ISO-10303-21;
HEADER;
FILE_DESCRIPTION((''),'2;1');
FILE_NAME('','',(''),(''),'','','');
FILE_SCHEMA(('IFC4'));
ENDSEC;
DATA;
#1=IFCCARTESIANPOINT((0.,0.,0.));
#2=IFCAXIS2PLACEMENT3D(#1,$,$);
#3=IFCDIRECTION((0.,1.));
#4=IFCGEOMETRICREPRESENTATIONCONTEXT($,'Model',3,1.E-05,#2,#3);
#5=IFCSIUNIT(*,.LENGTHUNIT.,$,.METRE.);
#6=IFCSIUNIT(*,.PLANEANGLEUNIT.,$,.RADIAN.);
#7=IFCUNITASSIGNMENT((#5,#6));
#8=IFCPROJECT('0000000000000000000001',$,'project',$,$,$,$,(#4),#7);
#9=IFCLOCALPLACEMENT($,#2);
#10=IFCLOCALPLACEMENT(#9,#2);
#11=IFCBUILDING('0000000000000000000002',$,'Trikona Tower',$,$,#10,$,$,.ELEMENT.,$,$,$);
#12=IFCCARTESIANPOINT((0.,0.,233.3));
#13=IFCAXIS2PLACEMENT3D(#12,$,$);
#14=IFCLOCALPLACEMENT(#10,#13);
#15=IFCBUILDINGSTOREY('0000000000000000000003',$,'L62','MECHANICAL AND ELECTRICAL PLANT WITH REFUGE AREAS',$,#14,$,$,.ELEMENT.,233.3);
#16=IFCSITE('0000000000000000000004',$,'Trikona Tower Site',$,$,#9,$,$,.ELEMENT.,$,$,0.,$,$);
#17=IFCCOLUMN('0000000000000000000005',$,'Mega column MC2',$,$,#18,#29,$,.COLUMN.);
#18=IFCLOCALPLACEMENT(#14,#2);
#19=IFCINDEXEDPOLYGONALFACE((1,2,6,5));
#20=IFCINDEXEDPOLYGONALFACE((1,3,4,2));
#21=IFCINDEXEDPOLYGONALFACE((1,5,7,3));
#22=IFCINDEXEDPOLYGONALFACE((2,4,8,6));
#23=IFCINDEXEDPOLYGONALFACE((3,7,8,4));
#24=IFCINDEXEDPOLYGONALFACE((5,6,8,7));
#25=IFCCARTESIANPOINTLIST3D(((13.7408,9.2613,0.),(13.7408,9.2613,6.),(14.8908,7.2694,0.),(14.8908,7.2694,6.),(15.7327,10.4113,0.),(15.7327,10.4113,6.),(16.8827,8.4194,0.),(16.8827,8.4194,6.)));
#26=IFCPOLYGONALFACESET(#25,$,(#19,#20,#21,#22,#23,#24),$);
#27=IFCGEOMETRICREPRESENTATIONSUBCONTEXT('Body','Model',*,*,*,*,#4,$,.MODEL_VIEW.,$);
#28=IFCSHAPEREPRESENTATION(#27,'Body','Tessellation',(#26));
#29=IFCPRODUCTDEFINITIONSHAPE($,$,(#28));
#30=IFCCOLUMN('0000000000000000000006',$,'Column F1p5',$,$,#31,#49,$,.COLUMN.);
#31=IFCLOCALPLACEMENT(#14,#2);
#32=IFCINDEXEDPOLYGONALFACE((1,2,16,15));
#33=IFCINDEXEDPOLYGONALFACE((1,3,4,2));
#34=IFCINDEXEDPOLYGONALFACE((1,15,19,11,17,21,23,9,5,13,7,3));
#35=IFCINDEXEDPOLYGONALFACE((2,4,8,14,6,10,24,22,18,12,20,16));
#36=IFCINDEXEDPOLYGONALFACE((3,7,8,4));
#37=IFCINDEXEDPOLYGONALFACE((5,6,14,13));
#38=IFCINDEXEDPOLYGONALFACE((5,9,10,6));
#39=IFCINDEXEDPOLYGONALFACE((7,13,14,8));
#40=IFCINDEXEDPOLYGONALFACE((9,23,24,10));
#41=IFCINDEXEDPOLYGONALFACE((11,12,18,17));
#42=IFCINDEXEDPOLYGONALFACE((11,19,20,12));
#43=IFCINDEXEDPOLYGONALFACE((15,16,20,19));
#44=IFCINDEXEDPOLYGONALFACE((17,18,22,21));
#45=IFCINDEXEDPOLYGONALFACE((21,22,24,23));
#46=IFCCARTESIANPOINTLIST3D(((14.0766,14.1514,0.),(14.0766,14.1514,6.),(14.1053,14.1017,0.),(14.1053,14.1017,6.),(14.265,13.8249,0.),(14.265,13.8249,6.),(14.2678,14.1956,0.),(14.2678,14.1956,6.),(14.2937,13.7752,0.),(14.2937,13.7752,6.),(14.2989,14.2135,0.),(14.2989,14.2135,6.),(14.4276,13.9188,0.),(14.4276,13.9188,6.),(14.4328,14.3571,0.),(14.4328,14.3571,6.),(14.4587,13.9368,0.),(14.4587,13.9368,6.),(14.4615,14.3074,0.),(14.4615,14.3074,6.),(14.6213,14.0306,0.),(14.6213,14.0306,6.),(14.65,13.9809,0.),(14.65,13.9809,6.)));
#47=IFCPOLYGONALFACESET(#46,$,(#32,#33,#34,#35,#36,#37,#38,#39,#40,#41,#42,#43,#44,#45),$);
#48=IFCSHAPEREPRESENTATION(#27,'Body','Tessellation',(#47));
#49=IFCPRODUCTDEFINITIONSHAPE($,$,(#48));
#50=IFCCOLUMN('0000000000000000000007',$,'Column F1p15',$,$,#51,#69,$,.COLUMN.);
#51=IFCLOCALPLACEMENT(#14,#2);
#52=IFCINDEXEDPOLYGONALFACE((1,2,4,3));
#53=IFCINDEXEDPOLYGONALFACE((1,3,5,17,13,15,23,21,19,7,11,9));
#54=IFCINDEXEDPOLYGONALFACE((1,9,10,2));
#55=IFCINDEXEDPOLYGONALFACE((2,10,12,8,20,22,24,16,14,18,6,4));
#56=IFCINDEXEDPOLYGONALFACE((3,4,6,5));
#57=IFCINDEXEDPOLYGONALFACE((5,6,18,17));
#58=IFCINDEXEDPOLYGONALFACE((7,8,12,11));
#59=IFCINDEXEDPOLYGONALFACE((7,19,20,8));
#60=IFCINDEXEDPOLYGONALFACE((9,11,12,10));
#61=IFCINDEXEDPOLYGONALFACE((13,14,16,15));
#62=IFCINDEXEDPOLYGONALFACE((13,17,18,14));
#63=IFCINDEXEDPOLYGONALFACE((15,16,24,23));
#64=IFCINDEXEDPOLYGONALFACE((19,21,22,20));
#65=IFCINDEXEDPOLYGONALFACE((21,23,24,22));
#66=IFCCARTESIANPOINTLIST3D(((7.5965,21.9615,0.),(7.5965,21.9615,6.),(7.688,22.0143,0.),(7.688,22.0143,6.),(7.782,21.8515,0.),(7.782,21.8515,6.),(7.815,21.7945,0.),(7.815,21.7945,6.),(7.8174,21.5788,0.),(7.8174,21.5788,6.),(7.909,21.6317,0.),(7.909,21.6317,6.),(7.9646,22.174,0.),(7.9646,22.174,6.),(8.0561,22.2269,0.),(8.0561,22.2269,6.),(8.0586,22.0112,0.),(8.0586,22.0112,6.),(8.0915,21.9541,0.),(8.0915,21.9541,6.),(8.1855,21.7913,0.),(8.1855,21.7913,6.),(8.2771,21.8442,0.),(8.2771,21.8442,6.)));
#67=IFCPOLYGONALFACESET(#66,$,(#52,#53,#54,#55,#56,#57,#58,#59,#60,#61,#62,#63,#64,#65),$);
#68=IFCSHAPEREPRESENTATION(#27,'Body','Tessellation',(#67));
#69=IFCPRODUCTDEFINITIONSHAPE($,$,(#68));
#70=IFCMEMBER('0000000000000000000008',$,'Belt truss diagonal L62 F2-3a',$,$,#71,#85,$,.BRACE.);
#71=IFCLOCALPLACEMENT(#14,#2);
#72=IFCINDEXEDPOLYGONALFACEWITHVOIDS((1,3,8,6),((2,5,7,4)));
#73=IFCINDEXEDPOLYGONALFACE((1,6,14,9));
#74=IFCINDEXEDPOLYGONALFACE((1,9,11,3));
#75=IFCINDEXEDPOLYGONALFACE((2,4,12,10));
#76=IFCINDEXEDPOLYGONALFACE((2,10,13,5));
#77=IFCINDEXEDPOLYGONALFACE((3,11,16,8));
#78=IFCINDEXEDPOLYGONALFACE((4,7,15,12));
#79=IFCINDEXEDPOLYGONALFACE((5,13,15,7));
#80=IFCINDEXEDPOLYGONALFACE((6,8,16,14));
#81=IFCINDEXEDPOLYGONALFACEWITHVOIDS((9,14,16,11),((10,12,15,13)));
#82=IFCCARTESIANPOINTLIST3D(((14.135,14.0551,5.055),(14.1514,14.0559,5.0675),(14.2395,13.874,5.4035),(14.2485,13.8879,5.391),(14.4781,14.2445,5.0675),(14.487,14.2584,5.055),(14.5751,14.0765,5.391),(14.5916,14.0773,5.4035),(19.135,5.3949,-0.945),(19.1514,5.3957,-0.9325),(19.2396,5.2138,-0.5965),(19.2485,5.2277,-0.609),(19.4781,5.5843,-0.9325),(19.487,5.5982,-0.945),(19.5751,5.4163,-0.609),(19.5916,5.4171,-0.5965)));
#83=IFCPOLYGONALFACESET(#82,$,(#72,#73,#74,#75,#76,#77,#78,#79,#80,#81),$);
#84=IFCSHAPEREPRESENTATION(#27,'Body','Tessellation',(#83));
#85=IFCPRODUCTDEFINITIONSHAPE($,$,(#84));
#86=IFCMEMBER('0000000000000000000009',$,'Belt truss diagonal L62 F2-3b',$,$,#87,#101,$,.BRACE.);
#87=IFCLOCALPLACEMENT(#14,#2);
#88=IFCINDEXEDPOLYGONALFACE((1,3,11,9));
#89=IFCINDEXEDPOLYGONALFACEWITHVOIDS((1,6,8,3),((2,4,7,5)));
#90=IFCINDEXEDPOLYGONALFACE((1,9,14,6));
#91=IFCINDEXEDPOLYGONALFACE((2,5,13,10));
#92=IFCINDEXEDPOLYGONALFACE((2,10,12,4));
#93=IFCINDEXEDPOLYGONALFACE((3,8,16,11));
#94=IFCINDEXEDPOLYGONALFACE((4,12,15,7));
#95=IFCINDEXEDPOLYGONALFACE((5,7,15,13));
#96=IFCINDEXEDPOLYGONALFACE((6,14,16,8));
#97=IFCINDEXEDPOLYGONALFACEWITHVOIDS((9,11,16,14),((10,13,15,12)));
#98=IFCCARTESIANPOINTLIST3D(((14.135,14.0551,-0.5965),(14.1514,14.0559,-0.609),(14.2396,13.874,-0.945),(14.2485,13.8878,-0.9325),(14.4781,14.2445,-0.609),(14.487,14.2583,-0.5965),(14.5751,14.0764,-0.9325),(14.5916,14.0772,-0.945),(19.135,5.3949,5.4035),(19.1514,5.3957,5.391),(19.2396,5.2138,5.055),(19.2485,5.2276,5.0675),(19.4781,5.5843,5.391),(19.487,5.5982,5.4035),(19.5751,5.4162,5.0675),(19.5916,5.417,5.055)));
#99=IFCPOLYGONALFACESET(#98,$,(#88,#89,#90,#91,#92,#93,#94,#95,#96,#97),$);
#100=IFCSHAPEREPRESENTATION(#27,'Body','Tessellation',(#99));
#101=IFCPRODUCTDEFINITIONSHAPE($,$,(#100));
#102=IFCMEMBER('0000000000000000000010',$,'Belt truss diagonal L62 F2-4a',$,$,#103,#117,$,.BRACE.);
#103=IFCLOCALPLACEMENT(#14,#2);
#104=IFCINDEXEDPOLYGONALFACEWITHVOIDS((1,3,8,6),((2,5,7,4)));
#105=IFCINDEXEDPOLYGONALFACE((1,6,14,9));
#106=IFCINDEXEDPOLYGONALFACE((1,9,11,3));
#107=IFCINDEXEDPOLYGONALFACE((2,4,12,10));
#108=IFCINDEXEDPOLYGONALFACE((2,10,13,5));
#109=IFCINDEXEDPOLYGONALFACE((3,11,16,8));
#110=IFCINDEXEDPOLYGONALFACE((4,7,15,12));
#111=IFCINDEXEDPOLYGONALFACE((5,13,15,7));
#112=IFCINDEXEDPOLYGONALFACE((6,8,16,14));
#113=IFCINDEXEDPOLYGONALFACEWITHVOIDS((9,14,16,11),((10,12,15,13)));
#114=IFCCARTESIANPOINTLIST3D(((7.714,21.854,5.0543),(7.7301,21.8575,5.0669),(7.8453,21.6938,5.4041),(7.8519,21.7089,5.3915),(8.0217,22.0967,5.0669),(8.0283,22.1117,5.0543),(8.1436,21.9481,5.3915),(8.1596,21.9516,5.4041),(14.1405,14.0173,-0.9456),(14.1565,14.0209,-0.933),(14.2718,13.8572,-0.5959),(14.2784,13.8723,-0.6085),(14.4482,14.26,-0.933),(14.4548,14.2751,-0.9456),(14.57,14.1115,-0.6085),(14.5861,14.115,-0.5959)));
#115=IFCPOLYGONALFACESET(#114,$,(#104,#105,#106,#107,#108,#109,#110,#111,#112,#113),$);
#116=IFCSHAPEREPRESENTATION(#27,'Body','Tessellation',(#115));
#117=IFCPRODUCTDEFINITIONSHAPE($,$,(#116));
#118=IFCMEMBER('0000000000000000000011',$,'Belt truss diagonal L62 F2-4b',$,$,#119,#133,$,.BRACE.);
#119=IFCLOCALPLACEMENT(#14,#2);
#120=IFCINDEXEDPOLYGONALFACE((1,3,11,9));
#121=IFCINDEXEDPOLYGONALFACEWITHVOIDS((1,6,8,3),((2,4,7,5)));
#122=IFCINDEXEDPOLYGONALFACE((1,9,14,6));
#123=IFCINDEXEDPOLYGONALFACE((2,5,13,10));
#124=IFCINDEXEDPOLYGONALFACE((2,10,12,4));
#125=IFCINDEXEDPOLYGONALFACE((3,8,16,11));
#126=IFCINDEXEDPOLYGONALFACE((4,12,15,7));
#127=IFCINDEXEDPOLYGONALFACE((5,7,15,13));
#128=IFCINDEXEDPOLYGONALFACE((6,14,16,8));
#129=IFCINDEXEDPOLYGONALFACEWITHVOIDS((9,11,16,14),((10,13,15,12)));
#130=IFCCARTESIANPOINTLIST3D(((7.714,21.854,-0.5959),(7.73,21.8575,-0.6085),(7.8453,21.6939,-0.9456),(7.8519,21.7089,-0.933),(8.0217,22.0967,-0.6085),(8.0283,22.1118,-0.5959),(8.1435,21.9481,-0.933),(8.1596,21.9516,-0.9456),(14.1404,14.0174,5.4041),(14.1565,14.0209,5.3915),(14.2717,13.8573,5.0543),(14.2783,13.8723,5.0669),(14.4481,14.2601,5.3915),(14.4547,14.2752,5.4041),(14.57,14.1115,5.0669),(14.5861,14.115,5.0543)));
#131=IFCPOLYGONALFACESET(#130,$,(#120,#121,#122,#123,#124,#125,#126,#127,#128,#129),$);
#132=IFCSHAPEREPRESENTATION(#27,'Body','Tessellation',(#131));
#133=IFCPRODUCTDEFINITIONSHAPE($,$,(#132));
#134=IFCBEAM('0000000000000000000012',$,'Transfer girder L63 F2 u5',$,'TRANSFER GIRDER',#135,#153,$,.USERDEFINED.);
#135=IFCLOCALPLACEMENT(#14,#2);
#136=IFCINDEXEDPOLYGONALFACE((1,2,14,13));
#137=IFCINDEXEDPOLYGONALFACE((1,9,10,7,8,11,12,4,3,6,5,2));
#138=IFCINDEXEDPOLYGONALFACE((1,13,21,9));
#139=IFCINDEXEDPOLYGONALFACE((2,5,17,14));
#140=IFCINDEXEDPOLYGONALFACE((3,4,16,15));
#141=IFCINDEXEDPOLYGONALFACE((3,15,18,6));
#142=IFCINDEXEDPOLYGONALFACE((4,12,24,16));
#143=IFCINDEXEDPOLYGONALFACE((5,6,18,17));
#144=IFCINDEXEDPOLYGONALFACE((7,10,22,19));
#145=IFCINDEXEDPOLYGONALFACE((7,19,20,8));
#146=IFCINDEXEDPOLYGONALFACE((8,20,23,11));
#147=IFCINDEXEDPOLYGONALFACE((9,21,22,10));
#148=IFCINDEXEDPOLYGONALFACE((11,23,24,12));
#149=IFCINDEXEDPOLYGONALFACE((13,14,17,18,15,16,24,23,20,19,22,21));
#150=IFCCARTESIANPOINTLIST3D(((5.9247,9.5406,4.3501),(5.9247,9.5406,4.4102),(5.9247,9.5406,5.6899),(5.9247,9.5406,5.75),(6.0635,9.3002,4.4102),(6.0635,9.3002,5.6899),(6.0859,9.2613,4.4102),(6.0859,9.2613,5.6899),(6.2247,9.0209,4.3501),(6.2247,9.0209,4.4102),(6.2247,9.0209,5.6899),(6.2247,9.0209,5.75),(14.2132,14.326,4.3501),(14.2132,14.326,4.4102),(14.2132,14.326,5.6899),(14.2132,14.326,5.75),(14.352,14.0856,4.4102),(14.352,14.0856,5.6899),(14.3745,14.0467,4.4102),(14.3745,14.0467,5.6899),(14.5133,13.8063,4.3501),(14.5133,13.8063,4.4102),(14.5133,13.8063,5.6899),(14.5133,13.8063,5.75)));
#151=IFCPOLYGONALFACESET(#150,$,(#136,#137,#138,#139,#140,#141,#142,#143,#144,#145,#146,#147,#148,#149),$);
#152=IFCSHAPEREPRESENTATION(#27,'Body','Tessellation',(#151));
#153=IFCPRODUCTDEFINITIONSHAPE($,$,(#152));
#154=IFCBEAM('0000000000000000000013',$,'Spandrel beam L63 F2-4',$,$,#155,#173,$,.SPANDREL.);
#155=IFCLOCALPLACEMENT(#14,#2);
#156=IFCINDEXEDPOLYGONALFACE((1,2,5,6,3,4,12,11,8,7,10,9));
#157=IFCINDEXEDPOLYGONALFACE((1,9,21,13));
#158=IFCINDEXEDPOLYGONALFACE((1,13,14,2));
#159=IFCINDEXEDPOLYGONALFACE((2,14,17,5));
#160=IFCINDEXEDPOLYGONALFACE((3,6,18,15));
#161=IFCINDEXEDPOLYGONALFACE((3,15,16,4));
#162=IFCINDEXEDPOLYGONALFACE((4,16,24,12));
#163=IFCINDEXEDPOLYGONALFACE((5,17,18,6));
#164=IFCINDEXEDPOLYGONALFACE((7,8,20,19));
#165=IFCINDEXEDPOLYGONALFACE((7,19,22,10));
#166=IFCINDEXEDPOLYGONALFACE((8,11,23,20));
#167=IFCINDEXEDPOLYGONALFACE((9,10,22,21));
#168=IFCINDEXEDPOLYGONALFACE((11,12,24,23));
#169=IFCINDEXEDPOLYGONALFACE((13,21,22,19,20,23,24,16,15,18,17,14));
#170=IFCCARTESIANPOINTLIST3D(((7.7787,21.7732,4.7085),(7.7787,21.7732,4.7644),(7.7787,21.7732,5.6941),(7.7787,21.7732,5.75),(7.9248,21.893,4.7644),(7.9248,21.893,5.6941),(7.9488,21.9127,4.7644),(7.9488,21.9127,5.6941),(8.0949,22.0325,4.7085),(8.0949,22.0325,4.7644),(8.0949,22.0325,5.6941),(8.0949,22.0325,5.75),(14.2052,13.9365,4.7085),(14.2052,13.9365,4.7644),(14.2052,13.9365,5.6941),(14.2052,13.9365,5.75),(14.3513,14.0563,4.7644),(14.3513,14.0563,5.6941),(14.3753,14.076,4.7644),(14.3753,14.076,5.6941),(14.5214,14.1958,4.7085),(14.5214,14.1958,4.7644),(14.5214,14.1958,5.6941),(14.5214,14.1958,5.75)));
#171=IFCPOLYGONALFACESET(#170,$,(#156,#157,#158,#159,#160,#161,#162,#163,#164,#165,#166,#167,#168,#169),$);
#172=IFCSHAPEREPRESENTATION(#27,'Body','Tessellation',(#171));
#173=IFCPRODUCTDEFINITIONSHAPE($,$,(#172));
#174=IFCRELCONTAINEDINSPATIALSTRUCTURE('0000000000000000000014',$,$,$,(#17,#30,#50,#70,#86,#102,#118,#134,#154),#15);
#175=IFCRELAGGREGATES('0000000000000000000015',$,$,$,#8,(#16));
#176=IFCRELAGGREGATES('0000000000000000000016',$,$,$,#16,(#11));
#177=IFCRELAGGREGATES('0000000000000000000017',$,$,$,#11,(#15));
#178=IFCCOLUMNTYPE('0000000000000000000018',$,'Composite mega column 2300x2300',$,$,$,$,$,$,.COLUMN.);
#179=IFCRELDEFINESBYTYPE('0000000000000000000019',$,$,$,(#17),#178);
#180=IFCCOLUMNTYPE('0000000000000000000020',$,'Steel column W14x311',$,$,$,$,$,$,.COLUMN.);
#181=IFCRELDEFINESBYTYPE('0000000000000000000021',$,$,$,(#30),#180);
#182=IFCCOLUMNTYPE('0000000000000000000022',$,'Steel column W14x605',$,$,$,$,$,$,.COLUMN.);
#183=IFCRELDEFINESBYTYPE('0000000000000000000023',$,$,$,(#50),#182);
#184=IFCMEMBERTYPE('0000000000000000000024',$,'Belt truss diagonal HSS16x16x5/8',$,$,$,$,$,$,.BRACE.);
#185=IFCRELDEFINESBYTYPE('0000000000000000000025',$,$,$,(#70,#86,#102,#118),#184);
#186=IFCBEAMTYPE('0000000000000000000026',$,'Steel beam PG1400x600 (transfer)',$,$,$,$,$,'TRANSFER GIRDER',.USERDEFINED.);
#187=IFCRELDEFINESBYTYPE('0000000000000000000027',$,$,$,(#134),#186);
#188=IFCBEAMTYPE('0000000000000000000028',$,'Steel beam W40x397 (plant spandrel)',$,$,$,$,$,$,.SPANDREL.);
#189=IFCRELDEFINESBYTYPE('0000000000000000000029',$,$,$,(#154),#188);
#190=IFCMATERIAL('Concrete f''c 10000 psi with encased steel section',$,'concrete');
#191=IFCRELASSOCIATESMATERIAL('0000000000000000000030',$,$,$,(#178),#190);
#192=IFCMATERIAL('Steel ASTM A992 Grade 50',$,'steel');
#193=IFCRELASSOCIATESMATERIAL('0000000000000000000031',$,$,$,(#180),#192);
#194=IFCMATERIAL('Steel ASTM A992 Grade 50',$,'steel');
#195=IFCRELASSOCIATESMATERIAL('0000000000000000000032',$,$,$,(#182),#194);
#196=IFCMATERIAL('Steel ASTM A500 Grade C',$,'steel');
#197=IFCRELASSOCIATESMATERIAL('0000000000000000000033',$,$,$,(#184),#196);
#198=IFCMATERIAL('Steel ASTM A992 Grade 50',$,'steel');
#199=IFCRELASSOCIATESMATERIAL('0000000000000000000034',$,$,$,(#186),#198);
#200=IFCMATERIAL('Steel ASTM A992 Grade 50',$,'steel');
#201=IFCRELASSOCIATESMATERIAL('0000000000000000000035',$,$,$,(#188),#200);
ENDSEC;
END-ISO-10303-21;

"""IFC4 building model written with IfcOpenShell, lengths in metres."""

from ifc_helpers import new_model, si_unit, direction, frame, origin, origin_2d, place, context, subcontext, project, spatial, rectangle, hollow_rectangle, i_section, extrude, material, material_profile, profile_set, type_object, element, save


model = new_model("IFC4")

# Units and contexts
model_context = context("Model", 3, precision=1e-05, world=origin(), true_north=direction((0.0, 1.0)))
body_context = subcontext(model_context, "Body", "Model", "MODEL_VIEW")
ifc_project = project(units=[si_unit("LENGTHUNIT", "METRE"), si_unit("PLANEANGLEUNIT", "RADIAN")], contexts=[model_context])

# Site, building, storey
site_placement = place(None, origin())
site = spatial("IfcSite", under=ifc_project, at=site_placement, Name="Trikona Tower Site", CompositionType="ELEMENT", RefElevation=0.0)
building_placement = place(site_placement, origin())
building = spatial("IfcBuilding", under=site, at=building_placement, Name="Trikona Tower", CompositionType="ELEMENT")
storey_placement = place(building_placement, frame((0.0, 0.0, 233.3)))
storey = spatial("IfcBuildingStorey", under=building, at=storey_placement, Name="L62", Description="MECHANICAL AND ELECTRICAL PLANT WITH REFUGE AREAS", CompositionType="ELEMENT", Elevation=233.3)

# Columns
ifc_material_1 = material(Name="Concrete f'c 10000 psi with encased steel section", Category="concrete")
ifc_material_profile_1 = material_profile(ifc_material_1, rectangle(XDim=2.3, YDim=2.3, at=origin_2d()), Name="MC2300")
ifc_profile_set_1 = profile_set([ifc_material_profile_1], Name="Concrete f'c 10000 psi with encased steel section")
column_type_1 = type_object("IfcColumnType", Name="Composite mega column 2300x2300", PredefinedType="COLUMN", material=ifc_profile_set_1)
column_1_placement = place(storey_placement, frame((15.3118, 8.8403, 0.0), z_axis=(0.0, 0.0, 1.0), x_axis=(0.866025, 0.5, 0.0)))
element("IfcColumn", 1, at=column_1_placement, inside=storey, type_object=column_type_1, Name="Mega column MC2", PredefinedType="COLUMN", context=body_context, shape_type="SweptSolid", body=[
    extrude(rectangle(XDim=2.3, YDim=2.3, at=origin_2d()), origin(), (0.0, 0.0, 1.0), 6.0),
])
ifc_material_2 = material(Name="Steel ASTM A992 Grade 50", Category="steel")
ifc_material_profile_2 = material_profile(ifc_material_2, i_section(OverallWidth=0.4114, OverallDepth=0.4343, WebThickness=0.0359, FlangeThickness=0.0574, at=origin_2d()), Name="W14X311")
ifc_profile_set_2 = profile_set([ifc_material_profile_2], Name="Steel ASTM A992 Grade 50")
column_type_2 = type_object("IfcColumnType", Name="Steel column W14x311", PredefinedType="COLUMN", material=ifc_profile_set_2)
column_2_placement = place(storey_placement, frame((14.3633, 14.0662, 0.0), z_axis=(0.0, 0.0, 1.0), x_axis=(0.866025, 0.5, 0.0)))
element("IfcColumn", 2, at=column_2_placement, inside=storey, type_object=column_type_2, Name="Column F1p5", PredefinedType="COLUMN", context=body_context, shape_type="SweptSolid", body=[
    extrude(i_section(OverallWidth=0.4114, OverallDepth=0.4343, WebThickness=0.0359, FlangeThickness=0.0574, at=origin_2d()), origin(), (0.0, 0.0, 1.0), 6.0),
])
ifc_material_3 = material(Name="Steel ASTM A992 Grade 50", Category="steel")
ifc_material_profile_3 = material_profile(ifc_material_3, i_section(OverallWidth=0.4419, OverallDepth=0.5308, WebThickness=0.0659, FlangeThickness=0.1057, at=origin_2d()), Name="W14X605")
ifc_profile_set_3 = profile_set([ifc_material_profile_3], Name="Steel ASTM A992 Grade 50")
column_type_3 = type_object("IfcColumnType", Name="Steel column W14x605", PredefinedType="COLUMN", material=ifc_profile_set_3)
column_3_placement = place(storey_placement, frame((7.9368, 21.9028, 0.0), z_axis=(0.0, 0.0, 1.0), x_axis=(-0.5, 0.866025, 0.0)))
element("IfcColumn", 3, at=column_3_placement, inside=storey, type_object=column_type_3, Name="Column F1p15", PredefinedType="COLUMN", context=body_context, shape_type="SweptSolid", body=[
    extrude(i_section(OverallWidth=0.4419, OverallDepth=0.5308, WebThickness=0.0659, FlangeThickness=0.1057, at=origin_2d()), origin(), (0.0, 0.0, 1.0), 6.0),
])

# Members
ifc_material_4 = material(Name="Steel ASTM A500 Grade C", Category="steel")
ifc_material_profile_4 = material_profile(ifc_material_4, hollow_rectangle(XDim=0.4065, YDim=0.4065, WallThickness=0.0146, at=origin_2d()), Name="HSS16X16X5/8")
ifc_profile_set_4 = profile_set([ifc_material_profile_4], Name="Steel ASTM A500 Grade C")
member_type = type_object("IfcMemberType", Name="Belt truss diagonal HSS16x16x5/8", PredefinedType="BRACE", material=ifc_profile_set_4)
for number, where, z_axis, x_axis, name in (
    (4, (19.3633, 5.406, -0.7708), (-0.428749, 0.742607, 0.514499), (-0.866023, -0.500004, 0.0), "Belt truss diagonal L62 F2-3a"),
    (5, (14.3633, 14.0662, -0.7708), (0.428749, -0.742607, 0.514499), (0.866023, 0.500004, 0.0), "Belt truss diagonal L62 F2-3b"),
):
    element("IfcMember", number, at=place(storey_placement, frame(where, z_axis=z_axis, x_axis=x_axis)), inside=storey, type_object=member_type, Name=name, PredefinedType="BRACE", context=body_context, shape_type="SweptSolid", body=[
        extrude(hollow_rectangle(XDim=0.4065, YDim=0.4065, WallThickness=0.0146, at=origin_2d()), origin(), (0.0, 0.0, 1.0), 11.6619),
    ])
for number, where, z_axis, x_axis, name in (
    (6, (14.3633, 14.0662, -0.7708), (-0.545652, 0.665384, 0.509439), (-0.773246, -0.634106, 0.0), "Belt truss diagonal L62 F2-4a"),
    (7, (7.9368, 21.9028, -0.7708), (0.545652, -0.665384, 0.509439), (0.773246, 0.634106, 0.0), "Belt truss diagonal L62 F2-4b"),
):
    element("IfcMember", number, at=place(storey_placement, frame(where, z_axis=z_axis, x_axis=x_axis)), inside=storey, type_object=member_type, Name=name, PredefinedType="BRACE", context=body_context, shape_type="SweptSolid", body=[
        extrude(hollow_rectangle(XDim=0.4065, YDim=0.4065, WallThickness=0.0146, at=origin_2d()), origin(), (0.0, 0.0, 1.0), 11.7776),
    ])

# Beams
ifc_material_5 = material(Name="Steel ASTM A992 Grade 50", Category="steel")
ifc_material_profile_5 = material_profile(ifc_material_5, i_section(OverallWidth=0.6001, OverallDepth=1.3999, WebThickness=0.0449, FlangeThickness=0.0601, at=origin_2d()), Name="PG1400X600")
ifc_profile_set_5 = profile_set([ifc_material_profile_5], Name="Steel ASTM A992 Grade 50")
beam_type_1 = type_object("IfcBeamType", Name="Steel beam PG1400x600 (transfer)", ElementType="TRANSFER GIRDER", PredefinedType="USERDEFINED", material=ifc_profile_set_5)
beam_1_placement = place(storey_placement, frame((6.0747, 9.2808, 5.05), z_axis=(0.866026, 0.499999, 0.0), x_axis=(-0.499999, 0.866026, 0.0)))
element("IfcBeam", 8, at=beam_1_placement, inside=storey, type_object=beam_type_1, Name="Transfer girder L63 F2 u5", ObjectType="TRANSFER GIRDER", PredefinedType="USERDEFINED", context=body_context, shape_type="SweptSolid", body=[
    extrude(i_section(OverallWidth=0.6001, OverallDepth=1.3999, WebThickness=0.0449, FlangeThickness=0.0601, at=origin_2d()), origin(), (0.0, 0.0, 1.0), 9.5708),
])
ifc_material_6 = material(Name="Steel ASTM A992 Grade 50", Category="steel")
ifc_material_profile_6 = material_profile(ifc_material_6, i_section(OverallWidth=0.4089, OverallDepth=1.0415, WebThickness=0.031, FlangeThickness=0.0559, at=origin_2d()), Name="W40X397")
ifc_profile_set_6 = profile_set([ifc_material_profile_6], Name="Steel ASTM A992 Grade 50")
beam_type_2 = type_object("IfcBeamType", Name="Steel beam W40x397 (plant spandrel)", PredefinedType="SPANDREL", material=ifc_profile_set_6)
beam_2_placement = place(storey_placement, frame((14.3633, 14.0662, 5.2292), z_axis=(-0.634106, 0.773246, 0.0), x_axis=(-0.773246, -0.634106, 0.0)))
element("IfcBeam", 9, at=beam_2_placement, inside=storey, type_object=beam_type_2, Name="Spandrel beam L63 F2-4", PredefinedType="SPANDREL", context=body_context, shape_type="SweptSolid", body=[
    extrude(i_section(OverallWidth=0.4089, OverallDepth=1.0415, WebThickness=0.031, FlangeThickness=0.0559, at=origin_2d()), origin(), (0.0, 0.0, 1.0), 10.1348),
])

save(model, "model.ifc")
